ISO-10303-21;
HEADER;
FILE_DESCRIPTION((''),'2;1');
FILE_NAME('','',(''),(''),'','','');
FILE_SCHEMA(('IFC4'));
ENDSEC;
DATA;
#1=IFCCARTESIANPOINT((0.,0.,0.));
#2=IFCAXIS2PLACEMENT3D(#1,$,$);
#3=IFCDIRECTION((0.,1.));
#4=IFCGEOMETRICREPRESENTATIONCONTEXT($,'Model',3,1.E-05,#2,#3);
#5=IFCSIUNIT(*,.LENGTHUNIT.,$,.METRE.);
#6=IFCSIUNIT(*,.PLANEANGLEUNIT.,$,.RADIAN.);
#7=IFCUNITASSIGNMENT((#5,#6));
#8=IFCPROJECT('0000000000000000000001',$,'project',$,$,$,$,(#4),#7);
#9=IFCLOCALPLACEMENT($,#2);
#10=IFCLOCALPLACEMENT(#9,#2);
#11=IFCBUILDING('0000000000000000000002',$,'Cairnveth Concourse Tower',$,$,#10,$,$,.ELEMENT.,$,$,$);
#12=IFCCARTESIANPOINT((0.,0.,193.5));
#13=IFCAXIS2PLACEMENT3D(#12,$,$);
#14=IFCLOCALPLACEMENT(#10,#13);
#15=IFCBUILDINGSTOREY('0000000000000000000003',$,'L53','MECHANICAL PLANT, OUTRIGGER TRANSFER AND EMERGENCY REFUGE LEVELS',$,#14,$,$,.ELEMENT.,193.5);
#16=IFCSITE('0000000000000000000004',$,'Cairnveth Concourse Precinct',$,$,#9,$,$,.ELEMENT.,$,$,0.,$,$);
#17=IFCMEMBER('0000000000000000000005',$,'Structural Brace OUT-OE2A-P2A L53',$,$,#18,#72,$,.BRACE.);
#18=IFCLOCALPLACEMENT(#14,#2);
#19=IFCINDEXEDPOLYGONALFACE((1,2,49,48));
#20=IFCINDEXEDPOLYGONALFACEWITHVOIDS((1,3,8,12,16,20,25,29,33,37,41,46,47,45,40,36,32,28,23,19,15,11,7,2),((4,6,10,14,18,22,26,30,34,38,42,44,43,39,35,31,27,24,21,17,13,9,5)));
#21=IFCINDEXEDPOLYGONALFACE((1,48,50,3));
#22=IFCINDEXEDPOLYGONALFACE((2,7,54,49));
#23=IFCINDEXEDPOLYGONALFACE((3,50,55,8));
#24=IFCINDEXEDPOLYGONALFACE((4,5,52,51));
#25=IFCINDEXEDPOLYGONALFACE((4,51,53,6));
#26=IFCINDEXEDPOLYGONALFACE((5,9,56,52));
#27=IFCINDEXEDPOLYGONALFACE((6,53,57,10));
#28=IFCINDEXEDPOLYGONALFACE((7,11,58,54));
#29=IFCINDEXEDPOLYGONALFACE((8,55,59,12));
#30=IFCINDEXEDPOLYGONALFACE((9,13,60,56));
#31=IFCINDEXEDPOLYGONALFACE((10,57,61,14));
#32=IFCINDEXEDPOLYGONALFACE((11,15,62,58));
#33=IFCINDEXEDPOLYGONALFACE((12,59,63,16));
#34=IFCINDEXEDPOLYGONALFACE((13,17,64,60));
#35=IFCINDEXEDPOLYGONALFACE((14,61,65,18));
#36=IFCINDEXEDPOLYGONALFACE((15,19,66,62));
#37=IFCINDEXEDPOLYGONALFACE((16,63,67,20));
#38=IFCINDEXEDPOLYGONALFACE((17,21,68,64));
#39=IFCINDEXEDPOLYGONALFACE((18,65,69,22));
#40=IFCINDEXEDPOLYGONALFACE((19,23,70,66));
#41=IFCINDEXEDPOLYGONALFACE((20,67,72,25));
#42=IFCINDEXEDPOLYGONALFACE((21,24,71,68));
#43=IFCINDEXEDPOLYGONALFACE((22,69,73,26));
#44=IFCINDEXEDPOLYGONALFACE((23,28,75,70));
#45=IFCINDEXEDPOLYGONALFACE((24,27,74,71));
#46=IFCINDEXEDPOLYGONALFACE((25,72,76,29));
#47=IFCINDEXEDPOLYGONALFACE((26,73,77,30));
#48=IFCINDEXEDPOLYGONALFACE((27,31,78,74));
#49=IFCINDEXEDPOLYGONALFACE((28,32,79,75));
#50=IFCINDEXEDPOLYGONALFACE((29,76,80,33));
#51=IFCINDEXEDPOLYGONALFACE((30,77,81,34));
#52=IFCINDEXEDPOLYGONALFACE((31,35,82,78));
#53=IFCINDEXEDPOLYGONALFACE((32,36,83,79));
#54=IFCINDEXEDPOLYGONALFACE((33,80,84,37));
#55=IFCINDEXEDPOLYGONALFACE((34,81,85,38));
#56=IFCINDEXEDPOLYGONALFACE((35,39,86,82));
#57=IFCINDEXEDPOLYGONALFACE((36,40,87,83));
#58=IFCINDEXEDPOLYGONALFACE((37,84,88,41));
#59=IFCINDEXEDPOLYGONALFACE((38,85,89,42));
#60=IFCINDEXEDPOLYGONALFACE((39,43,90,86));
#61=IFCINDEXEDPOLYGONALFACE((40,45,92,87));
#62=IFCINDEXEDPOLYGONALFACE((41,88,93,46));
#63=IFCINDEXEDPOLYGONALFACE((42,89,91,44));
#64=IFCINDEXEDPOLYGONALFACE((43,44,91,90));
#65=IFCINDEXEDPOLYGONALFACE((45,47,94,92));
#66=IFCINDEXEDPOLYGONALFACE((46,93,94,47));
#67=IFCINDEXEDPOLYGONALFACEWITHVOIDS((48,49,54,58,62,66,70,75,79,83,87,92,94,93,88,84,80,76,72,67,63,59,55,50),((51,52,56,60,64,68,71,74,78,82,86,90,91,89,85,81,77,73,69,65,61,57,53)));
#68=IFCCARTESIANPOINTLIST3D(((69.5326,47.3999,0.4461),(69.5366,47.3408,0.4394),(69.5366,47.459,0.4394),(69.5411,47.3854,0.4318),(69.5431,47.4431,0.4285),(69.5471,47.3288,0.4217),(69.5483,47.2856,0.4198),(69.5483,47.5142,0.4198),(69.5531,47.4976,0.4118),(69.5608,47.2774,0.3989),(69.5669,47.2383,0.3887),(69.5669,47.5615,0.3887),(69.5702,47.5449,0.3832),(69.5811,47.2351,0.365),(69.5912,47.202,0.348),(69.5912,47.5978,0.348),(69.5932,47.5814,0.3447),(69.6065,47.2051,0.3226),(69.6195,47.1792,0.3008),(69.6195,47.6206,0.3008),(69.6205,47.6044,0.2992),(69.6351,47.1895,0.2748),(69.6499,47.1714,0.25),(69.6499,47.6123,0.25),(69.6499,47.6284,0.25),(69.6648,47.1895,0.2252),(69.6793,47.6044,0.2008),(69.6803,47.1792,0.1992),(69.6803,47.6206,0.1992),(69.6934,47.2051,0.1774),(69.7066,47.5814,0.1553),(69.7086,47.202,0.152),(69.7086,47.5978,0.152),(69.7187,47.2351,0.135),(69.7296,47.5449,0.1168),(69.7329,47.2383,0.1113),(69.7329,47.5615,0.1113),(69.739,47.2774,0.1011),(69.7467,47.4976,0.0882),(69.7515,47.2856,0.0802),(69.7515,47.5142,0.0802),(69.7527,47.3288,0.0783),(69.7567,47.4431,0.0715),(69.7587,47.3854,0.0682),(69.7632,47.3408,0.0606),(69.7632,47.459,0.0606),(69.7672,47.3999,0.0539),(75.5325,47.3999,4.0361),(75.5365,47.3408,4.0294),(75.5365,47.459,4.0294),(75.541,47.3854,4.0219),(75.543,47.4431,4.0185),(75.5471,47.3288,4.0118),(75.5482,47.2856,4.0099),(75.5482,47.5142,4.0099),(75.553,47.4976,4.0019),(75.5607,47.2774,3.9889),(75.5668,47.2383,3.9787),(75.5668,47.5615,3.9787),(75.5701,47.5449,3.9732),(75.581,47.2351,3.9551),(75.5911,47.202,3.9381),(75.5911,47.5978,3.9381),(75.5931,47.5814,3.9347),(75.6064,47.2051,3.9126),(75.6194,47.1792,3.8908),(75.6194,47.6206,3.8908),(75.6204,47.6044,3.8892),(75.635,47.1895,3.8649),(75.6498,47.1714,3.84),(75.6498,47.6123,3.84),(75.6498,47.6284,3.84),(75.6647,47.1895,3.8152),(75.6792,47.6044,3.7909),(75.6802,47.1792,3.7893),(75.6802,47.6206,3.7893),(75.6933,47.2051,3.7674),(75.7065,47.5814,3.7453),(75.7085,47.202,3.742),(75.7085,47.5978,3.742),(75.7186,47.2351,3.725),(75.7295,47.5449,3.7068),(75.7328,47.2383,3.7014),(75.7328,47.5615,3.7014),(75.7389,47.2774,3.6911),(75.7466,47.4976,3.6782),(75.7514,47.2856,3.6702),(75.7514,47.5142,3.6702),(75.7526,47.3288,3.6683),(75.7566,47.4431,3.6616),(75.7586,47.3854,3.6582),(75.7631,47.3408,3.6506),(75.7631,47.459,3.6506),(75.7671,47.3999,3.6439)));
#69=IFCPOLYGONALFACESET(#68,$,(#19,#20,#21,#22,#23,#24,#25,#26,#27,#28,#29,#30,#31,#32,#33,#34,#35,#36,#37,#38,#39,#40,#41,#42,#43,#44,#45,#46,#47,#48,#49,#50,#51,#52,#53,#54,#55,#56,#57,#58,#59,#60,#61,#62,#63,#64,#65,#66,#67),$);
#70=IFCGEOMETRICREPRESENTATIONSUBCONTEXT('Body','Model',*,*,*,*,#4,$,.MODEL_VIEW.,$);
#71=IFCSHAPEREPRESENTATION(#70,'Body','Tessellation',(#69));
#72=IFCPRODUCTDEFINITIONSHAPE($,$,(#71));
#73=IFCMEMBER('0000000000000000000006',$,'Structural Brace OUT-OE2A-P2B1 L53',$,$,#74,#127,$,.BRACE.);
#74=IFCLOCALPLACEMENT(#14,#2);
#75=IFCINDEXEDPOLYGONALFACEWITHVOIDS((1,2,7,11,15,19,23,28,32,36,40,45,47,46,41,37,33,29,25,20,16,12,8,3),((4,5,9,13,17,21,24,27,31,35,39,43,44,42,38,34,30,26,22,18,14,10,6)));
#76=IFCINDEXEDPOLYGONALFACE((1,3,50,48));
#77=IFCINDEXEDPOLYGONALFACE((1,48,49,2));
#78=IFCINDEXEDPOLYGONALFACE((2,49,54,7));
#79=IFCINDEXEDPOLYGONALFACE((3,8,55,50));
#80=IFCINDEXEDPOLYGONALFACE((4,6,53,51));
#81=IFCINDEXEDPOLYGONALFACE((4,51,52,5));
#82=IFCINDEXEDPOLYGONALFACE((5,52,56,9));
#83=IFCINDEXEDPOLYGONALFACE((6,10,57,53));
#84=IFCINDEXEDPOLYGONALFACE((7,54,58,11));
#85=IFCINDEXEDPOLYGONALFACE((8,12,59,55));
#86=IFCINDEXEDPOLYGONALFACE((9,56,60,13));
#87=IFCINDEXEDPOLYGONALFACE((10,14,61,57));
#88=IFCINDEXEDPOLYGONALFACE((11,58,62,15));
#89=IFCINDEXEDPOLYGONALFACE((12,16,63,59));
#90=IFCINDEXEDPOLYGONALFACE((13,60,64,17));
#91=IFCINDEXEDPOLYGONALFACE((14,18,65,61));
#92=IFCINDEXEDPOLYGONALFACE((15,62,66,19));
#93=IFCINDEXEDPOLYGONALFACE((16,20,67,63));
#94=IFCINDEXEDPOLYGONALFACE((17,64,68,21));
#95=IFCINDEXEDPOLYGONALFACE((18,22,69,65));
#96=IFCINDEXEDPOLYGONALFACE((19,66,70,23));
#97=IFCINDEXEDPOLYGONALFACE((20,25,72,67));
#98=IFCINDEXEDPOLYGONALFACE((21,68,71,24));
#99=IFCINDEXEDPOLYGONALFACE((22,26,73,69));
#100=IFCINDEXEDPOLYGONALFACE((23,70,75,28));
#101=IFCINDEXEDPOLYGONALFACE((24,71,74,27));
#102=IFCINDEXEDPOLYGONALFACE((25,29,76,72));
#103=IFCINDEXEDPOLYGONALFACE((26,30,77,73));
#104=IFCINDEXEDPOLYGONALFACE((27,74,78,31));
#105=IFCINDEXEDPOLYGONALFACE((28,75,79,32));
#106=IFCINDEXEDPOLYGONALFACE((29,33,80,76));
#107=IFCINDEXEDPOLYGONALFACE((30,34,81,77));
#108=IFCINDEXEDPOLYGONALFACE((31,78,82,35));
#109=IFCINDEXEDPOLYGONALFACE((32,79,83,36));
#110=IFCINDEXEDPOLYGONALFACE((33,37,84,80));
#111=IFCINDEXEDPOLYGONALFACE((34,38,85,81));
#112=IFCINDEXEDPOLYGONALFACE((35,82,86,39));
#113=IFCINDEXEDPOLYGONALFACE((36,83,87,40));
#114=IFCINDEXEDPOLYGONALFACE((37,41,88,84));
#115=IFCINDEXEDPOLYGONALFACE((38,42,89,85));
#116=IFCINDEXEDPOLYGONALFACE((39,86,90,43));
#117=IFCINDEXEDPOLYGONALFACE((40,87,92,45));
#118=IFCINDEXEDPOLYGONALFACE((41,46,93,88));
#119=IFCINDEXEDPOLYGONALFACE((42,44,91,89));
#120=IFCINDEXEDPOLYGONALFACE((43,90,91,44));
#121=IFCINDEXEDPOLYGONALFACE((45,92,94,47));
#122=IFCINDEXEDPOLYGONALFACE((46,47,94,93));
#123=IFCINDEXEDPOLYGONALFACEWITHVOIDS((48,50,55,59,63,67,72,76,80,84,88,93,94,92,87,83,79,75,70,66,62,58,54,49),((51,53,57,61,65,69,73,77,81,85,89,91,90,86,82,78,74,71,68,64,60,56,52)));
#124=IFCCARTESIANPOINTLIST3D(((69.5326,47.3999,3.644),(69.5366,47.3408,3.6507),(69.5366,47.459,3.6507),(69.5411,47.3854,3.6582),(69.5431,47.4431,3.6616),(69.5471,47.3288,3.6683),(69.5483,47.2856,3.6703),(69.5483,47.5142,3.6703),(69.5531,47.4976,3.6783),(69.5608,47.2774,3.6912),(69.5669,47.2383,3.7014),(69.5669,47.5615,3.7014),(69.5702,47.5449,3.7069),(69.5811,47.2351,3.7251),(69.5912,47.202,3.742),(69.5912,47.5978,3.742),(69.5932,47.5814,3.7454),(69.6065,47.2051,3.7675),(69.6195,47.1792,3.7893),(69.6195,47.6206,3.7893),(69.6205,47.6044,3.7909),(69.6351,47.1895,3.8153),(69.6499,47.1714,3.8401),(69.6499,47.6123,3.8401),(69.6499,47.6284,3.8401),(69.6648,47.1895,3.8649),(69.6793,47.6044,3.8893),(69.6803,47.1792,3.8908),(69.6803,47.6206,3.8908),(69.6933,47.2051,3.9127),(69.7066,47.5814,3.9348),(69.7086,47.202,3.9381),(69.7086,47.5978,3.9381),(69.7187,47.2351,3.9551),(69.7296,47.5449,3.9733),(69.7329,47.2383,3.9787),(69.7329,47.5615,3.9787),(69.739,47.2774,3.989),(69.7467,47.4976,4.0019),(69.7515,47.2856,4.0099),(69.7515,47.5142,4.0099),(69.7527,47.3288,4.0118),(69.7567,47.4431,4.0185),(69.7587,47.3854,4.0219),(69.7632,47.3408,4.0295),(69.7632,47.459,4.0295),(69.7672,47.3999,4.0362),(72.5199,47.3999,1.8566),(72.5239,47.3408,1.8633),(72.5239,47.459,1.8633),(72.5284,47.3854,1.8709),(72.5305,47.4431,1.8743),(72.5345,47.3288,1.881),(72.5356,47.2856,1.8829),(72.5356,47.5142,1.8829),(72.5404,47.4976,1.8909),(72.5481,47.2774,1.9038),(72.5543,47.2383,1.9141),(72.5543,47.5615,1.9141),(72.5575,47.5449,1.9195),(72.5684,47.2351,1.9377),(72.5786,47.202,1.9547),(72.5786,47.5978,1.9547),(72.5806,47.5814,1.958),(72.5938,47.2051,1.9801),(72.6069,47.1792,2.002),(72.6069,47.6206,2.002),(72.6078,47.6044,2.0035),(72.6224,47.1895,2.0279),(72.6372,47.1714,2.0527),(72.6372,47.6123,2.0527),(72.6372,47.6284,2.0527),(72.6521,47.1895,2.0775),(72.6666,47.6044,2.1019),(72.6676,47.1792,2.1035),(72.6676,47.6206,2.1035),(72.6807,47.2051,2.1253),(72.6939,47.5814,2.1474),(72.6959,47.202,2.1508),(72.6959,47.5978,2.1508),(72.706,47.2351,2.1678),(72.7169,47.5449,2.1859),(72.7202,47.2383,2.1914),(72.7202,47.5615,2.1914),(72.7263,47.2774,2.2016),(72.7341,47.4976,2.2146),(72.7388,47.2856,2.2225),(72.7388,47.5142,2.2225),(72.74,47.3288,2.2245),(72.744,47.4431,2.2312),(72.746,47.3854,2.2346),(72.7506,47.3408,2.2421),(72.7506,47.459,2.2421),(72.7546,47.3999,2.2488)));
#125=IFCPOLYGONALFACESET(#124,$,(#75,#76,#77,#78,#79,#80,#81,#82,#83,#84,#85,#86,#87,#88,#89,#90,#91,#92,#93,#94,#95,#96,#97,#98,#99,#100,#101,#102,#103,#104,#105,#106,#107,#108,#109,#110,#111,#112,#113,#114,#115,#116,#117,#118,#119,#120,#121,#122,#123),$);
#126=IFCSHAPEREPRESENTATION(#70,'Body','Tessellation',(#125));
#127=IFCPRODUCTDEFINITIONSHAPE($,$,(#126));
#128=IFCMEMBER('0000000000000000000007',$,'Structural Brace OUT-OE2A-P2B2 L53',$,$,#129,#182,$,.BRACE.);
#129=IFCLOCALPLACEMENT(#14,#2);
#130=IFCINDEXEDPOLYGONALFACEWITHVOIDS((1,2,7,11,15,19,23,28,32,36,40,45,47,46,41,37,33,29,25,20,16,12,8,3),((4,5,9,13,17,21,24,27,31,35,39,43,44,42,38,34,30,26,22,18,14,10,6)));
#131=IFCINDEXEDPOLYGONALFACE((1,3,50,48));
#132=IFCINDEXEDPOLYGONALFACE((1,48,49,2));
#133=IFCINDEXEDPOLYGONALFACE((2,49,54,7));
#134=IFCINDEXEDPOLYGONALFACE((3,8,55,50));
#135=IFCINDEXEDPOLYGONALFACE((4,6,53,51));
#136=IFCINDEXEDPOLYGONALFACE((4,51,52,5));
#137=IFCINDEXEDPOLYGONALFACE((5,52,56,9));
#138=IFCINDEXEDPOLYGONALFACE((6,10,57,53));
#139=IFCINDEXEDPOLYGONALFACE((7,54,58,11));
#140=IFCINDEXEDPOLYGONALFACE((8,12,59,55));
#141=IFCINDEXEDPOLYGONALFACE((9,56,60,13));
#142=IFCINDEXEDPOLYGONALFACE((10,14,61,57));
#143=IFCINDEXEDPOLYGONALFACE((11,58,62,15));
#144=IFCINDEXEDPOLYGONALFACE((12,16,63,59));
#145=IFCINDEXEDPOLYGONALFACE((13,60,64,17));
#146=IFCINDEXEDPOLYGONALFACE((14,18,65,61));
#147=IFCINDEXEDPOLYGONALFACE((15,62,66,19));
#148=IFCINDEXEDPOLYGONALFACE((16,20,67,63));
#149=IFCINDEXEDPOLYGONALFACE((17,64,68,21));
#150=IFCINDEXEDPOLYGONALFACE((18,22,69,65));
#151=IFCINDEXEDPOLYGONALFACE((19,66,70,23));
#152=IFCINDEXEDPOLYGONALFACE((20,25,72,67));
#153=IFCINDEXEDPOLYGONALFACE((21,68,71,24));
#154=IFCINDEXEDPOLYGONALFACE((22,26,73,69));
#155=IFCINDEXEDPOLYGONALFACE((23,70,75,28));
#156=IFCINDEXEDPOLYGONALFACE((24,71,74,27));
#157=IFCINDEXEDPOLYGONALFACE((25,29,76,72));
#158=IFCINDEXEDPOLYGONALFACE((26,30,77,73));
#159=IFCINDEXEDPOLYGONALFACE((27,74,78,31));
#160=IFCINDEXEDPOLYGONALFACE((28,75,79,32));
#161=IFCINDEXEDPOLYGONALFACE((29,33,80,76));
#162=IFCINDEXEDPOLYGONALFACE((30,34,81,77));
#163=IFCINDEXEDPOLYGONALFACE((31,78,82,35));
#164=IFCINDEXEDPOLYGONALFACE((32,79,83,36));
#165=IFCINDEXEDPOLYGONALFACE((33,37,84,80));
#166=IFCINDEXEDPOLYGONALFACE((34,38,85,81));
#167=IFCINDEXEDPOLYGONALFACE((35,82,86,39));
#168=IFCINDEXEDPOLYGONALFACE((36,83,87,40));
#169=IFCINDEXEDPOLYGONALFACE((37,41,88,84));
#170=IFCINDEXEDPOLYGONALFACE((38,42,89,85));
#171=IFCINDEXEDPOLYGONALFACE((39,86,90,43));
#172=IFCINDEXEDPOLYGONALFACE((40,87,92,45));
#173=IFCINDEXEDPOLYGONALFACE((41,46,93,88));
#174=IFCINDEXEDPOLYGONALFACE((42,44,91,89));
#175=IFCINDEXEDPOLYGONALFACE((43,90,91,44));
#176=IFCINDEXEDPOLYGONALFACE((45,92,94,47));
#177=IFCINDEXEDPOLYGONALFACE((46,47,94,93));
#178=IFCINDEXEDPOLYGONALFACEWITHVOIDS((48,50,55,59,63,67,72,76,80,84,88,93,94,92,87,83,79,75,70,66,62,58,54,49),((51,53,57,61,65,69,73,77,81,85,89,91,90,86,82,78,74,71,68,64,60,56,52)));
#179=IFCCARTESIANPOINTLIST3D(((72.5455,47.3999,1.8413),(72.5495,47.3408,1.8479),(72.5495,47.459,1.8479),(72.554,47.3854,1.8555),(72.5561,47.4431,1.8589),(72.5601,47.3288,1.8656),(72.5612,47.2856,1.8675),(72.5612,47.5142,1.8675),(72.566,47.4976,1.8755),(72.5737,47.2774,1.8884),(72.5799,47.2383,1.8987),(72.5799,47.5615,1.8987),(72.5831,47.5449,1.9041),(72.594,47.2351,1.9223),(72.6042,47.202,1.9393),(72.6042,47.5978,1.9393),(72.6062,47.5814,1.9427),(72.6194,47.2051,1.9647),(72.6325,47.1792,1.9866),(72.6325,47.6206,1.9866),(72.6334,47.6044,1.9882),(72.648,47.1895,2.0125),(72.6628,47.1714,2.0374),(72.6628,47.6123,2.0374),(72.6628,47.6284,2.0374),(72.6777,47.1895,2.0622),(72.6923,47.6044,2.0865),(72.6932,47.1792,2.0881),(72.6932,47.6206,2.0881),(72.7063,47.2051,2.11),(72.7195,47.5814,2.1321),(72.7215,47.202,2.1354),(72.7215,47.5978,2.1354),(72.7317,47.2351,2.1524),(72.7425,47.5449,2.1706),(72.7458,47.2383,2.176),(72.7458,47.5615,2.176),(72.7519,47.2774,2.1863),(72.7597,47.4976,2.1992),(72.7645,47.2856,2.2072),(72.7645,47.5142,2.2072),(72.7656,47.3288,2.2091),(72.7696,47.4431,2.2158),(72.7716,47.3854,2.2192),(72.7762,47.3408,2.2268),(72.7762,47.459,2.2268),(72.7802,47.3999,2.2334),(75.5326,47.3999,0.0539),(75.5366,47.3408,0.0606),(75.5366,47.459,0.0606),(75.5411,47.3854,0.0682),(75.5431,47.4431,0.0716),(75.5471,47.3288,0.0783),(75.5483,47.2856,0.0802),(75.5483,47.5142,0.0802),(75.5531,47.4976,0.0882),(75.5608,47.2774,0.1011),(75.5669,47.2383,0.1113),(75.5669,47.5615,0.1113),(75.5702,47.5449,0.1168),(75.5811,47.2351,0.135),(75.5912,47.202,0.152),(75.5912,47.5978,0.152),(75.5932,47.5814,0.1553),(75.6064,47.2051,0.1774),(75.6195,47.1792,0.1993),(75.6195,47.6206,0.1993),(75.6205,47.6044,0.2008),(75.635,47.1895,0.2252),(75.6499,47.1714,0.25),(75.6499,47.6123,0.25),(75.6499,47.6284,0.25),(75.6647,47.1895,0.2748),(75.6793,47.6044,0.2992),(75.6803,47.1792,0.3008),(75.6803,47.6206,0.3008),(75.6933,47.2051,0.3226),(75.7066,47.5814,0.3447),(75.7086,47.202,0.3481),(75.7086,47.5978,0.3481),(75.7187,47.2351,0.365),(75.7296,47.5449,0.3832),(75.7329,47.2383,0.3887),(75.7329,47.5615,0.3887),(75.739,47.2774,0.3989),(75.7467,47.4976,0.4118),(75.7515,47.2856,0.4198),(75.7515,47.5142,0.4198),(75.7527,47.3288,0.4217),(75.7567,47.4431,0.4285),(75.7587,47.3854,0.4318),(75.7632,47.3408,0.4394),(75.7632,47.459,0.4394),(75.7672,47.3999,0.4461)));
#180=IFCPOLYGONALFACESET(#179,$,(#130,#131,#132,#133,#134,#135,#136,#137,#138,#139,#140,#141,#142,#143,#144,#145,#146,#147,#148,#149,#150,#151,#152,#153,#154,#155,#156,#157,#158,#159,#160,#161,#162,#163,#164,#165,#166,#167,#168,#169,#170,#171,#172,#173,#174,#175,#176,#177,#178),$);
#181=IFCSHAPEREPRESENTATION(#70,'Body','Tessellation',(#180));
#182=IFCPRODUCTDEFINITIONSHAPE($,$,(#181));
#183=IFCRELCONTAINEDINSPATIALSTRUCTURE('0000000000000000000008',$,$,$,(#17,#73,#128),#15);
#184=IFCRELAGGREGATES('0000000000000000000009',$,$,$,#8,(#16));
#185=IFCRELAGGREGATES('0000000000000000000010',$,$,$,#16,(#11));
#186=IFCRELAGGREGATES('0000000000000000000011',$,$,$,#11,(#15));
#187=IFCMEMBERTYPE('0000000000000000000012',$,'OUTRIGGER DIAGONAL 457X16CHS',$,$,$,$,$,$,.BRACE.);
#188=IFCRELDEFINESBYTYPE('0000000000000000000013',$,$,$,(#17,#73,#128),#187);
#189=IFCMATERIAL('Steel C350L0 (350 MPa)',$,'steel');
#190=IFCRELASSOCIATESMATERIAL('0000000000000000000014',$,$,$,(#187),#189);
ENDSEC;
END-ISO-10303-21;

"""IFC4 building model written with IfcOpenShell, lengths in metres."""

from ifc_helpers import new_model, si_unit, direction, frame, origin, origin_2d, place, context, subcontext, project, spatial, hollow_circle, extrude, material, material_profile, profile_set, type_object, element, save


model = new_model("IFC4")

# Units and contexts
model_context = context("Model", 3, precision=1e-05, world=origin(), true_north=direction((0.0, 1.0)))
body_context = subcontext(model_context, "Body", "Model", "MODEL_VIEW")
ifc_project = project(units=[si_unit("LENGTHUNIT", "METRE"), si_unit("PLANEANGLEUNIT", "RADIAN")], contexts=[model_context])

# Site, building, storey
site_placement = place(None, origin())
site = spatial("IfcSite", under=ifc_project, at=site_placement, Name="Cairnveth Concourse Precinct", CompositionType="ELEMENT", RefElevation=0.0)
building_placement = place(site_placement, origin())
building = spatial("IfcBuilding", under=site, at=building_placement, Name="Cairnveth Concourse Tower", CompositionType="ELEMENT")
storey_placement = place(building_placement, frame((0.0, 0.0, 193.5)))
storey = spatial("IfcBuildingStorey", under=building, at=storey_placement, Name="L53", Description="MECHANICAL PLANT, OUTRIGGER TRANSFER AND EMERGENCY REFUGE LEVELS", CompositionType="ELEMENT", Elevation=193.5)

# Shared definitions
ifc_material_1 = material(Name="Steel C350L0 (350 MPa)", Category="steel")

# Members
ifc_material_profile_1 = material_profile(ifc_material_1, hollow_circle(Radius=0.2285, WallThickness=0.0161, at=origin_2d()), Name="457.0x16.0CHS")
ifc_profile_set_1 = profile_set([ifc_material_profile_1], Name="Steel C350L0 (350 MPa)")
member_type_1 = type_object("IfcMemberType", Name="OUTRIGGER DIAGONAL 457X16CHS", PredefinedType="BRACE", material=ifc_profile_set_1)
member_1_placement = place(storey_placement, frame((69.6499, 47.3999, 0.25), z_axis=(0.858118, 0.0, 0.513453), x_axis=(0.0, 1.0, 0.0)))
element("IfcMember", 1, at=member_1_placement, inside=storey, type_object=member_type_1, Name="Structural Brace OUT-OE2A-P2A L53", PredefinedType="BRACE", context=body_context, shape_type="SweptSolid", body=[
    extrude(hollow_circle(Radius=0.2285, WallThickness=0.0161, at=origin_2d()), origin(), (0.0, 0.0, 1.0), 6.9919),
])
member_2_placement = place(storey_placement, frame((69.6499, 47.3999, 3.8401), z_axis=(0.85813, 0.0, -0.513433), x_axis=(0.0, 1.0, 0.0)))
element("IfcMember", 2, at=member_2_placement, inside=storey, type_object=member_type_1, Name="Structural Brace OUT-OE2A-P2B1 L53", PredefinedType="BRACE", context=body_context, shape_type="SweptSolid", body=[
    extrude(hollow_circle(Radius=0.2285, WallThickness=0.0161, at=origin_2d()), origin(), (0.0, 0.0, 1.0), 3.4812),
])
member_3_placement = place(storey_placement, frame((72.6628, 47.3999, 2.0374), z_axis=(0.858111, 0.0, -0.513464), x_axis=(0.0, 1.0, 0.0)))
element("IfcMember", 3, at=member_3_placement, inside=storey, type_object=member_type_1, Name="Structural Brace OUT-OE2A-P2B2 L53", PredefinedType="BRACE", context=body_context, shape_type="SweptSolid", body=[
    extrude(hollow_circle(Radius=0.2285, WallThickness=0.0161, at=origin_2d()), origin(), (0.0, 0.0, 1.0), 3.481),
])

save(model, "model.ifc")
